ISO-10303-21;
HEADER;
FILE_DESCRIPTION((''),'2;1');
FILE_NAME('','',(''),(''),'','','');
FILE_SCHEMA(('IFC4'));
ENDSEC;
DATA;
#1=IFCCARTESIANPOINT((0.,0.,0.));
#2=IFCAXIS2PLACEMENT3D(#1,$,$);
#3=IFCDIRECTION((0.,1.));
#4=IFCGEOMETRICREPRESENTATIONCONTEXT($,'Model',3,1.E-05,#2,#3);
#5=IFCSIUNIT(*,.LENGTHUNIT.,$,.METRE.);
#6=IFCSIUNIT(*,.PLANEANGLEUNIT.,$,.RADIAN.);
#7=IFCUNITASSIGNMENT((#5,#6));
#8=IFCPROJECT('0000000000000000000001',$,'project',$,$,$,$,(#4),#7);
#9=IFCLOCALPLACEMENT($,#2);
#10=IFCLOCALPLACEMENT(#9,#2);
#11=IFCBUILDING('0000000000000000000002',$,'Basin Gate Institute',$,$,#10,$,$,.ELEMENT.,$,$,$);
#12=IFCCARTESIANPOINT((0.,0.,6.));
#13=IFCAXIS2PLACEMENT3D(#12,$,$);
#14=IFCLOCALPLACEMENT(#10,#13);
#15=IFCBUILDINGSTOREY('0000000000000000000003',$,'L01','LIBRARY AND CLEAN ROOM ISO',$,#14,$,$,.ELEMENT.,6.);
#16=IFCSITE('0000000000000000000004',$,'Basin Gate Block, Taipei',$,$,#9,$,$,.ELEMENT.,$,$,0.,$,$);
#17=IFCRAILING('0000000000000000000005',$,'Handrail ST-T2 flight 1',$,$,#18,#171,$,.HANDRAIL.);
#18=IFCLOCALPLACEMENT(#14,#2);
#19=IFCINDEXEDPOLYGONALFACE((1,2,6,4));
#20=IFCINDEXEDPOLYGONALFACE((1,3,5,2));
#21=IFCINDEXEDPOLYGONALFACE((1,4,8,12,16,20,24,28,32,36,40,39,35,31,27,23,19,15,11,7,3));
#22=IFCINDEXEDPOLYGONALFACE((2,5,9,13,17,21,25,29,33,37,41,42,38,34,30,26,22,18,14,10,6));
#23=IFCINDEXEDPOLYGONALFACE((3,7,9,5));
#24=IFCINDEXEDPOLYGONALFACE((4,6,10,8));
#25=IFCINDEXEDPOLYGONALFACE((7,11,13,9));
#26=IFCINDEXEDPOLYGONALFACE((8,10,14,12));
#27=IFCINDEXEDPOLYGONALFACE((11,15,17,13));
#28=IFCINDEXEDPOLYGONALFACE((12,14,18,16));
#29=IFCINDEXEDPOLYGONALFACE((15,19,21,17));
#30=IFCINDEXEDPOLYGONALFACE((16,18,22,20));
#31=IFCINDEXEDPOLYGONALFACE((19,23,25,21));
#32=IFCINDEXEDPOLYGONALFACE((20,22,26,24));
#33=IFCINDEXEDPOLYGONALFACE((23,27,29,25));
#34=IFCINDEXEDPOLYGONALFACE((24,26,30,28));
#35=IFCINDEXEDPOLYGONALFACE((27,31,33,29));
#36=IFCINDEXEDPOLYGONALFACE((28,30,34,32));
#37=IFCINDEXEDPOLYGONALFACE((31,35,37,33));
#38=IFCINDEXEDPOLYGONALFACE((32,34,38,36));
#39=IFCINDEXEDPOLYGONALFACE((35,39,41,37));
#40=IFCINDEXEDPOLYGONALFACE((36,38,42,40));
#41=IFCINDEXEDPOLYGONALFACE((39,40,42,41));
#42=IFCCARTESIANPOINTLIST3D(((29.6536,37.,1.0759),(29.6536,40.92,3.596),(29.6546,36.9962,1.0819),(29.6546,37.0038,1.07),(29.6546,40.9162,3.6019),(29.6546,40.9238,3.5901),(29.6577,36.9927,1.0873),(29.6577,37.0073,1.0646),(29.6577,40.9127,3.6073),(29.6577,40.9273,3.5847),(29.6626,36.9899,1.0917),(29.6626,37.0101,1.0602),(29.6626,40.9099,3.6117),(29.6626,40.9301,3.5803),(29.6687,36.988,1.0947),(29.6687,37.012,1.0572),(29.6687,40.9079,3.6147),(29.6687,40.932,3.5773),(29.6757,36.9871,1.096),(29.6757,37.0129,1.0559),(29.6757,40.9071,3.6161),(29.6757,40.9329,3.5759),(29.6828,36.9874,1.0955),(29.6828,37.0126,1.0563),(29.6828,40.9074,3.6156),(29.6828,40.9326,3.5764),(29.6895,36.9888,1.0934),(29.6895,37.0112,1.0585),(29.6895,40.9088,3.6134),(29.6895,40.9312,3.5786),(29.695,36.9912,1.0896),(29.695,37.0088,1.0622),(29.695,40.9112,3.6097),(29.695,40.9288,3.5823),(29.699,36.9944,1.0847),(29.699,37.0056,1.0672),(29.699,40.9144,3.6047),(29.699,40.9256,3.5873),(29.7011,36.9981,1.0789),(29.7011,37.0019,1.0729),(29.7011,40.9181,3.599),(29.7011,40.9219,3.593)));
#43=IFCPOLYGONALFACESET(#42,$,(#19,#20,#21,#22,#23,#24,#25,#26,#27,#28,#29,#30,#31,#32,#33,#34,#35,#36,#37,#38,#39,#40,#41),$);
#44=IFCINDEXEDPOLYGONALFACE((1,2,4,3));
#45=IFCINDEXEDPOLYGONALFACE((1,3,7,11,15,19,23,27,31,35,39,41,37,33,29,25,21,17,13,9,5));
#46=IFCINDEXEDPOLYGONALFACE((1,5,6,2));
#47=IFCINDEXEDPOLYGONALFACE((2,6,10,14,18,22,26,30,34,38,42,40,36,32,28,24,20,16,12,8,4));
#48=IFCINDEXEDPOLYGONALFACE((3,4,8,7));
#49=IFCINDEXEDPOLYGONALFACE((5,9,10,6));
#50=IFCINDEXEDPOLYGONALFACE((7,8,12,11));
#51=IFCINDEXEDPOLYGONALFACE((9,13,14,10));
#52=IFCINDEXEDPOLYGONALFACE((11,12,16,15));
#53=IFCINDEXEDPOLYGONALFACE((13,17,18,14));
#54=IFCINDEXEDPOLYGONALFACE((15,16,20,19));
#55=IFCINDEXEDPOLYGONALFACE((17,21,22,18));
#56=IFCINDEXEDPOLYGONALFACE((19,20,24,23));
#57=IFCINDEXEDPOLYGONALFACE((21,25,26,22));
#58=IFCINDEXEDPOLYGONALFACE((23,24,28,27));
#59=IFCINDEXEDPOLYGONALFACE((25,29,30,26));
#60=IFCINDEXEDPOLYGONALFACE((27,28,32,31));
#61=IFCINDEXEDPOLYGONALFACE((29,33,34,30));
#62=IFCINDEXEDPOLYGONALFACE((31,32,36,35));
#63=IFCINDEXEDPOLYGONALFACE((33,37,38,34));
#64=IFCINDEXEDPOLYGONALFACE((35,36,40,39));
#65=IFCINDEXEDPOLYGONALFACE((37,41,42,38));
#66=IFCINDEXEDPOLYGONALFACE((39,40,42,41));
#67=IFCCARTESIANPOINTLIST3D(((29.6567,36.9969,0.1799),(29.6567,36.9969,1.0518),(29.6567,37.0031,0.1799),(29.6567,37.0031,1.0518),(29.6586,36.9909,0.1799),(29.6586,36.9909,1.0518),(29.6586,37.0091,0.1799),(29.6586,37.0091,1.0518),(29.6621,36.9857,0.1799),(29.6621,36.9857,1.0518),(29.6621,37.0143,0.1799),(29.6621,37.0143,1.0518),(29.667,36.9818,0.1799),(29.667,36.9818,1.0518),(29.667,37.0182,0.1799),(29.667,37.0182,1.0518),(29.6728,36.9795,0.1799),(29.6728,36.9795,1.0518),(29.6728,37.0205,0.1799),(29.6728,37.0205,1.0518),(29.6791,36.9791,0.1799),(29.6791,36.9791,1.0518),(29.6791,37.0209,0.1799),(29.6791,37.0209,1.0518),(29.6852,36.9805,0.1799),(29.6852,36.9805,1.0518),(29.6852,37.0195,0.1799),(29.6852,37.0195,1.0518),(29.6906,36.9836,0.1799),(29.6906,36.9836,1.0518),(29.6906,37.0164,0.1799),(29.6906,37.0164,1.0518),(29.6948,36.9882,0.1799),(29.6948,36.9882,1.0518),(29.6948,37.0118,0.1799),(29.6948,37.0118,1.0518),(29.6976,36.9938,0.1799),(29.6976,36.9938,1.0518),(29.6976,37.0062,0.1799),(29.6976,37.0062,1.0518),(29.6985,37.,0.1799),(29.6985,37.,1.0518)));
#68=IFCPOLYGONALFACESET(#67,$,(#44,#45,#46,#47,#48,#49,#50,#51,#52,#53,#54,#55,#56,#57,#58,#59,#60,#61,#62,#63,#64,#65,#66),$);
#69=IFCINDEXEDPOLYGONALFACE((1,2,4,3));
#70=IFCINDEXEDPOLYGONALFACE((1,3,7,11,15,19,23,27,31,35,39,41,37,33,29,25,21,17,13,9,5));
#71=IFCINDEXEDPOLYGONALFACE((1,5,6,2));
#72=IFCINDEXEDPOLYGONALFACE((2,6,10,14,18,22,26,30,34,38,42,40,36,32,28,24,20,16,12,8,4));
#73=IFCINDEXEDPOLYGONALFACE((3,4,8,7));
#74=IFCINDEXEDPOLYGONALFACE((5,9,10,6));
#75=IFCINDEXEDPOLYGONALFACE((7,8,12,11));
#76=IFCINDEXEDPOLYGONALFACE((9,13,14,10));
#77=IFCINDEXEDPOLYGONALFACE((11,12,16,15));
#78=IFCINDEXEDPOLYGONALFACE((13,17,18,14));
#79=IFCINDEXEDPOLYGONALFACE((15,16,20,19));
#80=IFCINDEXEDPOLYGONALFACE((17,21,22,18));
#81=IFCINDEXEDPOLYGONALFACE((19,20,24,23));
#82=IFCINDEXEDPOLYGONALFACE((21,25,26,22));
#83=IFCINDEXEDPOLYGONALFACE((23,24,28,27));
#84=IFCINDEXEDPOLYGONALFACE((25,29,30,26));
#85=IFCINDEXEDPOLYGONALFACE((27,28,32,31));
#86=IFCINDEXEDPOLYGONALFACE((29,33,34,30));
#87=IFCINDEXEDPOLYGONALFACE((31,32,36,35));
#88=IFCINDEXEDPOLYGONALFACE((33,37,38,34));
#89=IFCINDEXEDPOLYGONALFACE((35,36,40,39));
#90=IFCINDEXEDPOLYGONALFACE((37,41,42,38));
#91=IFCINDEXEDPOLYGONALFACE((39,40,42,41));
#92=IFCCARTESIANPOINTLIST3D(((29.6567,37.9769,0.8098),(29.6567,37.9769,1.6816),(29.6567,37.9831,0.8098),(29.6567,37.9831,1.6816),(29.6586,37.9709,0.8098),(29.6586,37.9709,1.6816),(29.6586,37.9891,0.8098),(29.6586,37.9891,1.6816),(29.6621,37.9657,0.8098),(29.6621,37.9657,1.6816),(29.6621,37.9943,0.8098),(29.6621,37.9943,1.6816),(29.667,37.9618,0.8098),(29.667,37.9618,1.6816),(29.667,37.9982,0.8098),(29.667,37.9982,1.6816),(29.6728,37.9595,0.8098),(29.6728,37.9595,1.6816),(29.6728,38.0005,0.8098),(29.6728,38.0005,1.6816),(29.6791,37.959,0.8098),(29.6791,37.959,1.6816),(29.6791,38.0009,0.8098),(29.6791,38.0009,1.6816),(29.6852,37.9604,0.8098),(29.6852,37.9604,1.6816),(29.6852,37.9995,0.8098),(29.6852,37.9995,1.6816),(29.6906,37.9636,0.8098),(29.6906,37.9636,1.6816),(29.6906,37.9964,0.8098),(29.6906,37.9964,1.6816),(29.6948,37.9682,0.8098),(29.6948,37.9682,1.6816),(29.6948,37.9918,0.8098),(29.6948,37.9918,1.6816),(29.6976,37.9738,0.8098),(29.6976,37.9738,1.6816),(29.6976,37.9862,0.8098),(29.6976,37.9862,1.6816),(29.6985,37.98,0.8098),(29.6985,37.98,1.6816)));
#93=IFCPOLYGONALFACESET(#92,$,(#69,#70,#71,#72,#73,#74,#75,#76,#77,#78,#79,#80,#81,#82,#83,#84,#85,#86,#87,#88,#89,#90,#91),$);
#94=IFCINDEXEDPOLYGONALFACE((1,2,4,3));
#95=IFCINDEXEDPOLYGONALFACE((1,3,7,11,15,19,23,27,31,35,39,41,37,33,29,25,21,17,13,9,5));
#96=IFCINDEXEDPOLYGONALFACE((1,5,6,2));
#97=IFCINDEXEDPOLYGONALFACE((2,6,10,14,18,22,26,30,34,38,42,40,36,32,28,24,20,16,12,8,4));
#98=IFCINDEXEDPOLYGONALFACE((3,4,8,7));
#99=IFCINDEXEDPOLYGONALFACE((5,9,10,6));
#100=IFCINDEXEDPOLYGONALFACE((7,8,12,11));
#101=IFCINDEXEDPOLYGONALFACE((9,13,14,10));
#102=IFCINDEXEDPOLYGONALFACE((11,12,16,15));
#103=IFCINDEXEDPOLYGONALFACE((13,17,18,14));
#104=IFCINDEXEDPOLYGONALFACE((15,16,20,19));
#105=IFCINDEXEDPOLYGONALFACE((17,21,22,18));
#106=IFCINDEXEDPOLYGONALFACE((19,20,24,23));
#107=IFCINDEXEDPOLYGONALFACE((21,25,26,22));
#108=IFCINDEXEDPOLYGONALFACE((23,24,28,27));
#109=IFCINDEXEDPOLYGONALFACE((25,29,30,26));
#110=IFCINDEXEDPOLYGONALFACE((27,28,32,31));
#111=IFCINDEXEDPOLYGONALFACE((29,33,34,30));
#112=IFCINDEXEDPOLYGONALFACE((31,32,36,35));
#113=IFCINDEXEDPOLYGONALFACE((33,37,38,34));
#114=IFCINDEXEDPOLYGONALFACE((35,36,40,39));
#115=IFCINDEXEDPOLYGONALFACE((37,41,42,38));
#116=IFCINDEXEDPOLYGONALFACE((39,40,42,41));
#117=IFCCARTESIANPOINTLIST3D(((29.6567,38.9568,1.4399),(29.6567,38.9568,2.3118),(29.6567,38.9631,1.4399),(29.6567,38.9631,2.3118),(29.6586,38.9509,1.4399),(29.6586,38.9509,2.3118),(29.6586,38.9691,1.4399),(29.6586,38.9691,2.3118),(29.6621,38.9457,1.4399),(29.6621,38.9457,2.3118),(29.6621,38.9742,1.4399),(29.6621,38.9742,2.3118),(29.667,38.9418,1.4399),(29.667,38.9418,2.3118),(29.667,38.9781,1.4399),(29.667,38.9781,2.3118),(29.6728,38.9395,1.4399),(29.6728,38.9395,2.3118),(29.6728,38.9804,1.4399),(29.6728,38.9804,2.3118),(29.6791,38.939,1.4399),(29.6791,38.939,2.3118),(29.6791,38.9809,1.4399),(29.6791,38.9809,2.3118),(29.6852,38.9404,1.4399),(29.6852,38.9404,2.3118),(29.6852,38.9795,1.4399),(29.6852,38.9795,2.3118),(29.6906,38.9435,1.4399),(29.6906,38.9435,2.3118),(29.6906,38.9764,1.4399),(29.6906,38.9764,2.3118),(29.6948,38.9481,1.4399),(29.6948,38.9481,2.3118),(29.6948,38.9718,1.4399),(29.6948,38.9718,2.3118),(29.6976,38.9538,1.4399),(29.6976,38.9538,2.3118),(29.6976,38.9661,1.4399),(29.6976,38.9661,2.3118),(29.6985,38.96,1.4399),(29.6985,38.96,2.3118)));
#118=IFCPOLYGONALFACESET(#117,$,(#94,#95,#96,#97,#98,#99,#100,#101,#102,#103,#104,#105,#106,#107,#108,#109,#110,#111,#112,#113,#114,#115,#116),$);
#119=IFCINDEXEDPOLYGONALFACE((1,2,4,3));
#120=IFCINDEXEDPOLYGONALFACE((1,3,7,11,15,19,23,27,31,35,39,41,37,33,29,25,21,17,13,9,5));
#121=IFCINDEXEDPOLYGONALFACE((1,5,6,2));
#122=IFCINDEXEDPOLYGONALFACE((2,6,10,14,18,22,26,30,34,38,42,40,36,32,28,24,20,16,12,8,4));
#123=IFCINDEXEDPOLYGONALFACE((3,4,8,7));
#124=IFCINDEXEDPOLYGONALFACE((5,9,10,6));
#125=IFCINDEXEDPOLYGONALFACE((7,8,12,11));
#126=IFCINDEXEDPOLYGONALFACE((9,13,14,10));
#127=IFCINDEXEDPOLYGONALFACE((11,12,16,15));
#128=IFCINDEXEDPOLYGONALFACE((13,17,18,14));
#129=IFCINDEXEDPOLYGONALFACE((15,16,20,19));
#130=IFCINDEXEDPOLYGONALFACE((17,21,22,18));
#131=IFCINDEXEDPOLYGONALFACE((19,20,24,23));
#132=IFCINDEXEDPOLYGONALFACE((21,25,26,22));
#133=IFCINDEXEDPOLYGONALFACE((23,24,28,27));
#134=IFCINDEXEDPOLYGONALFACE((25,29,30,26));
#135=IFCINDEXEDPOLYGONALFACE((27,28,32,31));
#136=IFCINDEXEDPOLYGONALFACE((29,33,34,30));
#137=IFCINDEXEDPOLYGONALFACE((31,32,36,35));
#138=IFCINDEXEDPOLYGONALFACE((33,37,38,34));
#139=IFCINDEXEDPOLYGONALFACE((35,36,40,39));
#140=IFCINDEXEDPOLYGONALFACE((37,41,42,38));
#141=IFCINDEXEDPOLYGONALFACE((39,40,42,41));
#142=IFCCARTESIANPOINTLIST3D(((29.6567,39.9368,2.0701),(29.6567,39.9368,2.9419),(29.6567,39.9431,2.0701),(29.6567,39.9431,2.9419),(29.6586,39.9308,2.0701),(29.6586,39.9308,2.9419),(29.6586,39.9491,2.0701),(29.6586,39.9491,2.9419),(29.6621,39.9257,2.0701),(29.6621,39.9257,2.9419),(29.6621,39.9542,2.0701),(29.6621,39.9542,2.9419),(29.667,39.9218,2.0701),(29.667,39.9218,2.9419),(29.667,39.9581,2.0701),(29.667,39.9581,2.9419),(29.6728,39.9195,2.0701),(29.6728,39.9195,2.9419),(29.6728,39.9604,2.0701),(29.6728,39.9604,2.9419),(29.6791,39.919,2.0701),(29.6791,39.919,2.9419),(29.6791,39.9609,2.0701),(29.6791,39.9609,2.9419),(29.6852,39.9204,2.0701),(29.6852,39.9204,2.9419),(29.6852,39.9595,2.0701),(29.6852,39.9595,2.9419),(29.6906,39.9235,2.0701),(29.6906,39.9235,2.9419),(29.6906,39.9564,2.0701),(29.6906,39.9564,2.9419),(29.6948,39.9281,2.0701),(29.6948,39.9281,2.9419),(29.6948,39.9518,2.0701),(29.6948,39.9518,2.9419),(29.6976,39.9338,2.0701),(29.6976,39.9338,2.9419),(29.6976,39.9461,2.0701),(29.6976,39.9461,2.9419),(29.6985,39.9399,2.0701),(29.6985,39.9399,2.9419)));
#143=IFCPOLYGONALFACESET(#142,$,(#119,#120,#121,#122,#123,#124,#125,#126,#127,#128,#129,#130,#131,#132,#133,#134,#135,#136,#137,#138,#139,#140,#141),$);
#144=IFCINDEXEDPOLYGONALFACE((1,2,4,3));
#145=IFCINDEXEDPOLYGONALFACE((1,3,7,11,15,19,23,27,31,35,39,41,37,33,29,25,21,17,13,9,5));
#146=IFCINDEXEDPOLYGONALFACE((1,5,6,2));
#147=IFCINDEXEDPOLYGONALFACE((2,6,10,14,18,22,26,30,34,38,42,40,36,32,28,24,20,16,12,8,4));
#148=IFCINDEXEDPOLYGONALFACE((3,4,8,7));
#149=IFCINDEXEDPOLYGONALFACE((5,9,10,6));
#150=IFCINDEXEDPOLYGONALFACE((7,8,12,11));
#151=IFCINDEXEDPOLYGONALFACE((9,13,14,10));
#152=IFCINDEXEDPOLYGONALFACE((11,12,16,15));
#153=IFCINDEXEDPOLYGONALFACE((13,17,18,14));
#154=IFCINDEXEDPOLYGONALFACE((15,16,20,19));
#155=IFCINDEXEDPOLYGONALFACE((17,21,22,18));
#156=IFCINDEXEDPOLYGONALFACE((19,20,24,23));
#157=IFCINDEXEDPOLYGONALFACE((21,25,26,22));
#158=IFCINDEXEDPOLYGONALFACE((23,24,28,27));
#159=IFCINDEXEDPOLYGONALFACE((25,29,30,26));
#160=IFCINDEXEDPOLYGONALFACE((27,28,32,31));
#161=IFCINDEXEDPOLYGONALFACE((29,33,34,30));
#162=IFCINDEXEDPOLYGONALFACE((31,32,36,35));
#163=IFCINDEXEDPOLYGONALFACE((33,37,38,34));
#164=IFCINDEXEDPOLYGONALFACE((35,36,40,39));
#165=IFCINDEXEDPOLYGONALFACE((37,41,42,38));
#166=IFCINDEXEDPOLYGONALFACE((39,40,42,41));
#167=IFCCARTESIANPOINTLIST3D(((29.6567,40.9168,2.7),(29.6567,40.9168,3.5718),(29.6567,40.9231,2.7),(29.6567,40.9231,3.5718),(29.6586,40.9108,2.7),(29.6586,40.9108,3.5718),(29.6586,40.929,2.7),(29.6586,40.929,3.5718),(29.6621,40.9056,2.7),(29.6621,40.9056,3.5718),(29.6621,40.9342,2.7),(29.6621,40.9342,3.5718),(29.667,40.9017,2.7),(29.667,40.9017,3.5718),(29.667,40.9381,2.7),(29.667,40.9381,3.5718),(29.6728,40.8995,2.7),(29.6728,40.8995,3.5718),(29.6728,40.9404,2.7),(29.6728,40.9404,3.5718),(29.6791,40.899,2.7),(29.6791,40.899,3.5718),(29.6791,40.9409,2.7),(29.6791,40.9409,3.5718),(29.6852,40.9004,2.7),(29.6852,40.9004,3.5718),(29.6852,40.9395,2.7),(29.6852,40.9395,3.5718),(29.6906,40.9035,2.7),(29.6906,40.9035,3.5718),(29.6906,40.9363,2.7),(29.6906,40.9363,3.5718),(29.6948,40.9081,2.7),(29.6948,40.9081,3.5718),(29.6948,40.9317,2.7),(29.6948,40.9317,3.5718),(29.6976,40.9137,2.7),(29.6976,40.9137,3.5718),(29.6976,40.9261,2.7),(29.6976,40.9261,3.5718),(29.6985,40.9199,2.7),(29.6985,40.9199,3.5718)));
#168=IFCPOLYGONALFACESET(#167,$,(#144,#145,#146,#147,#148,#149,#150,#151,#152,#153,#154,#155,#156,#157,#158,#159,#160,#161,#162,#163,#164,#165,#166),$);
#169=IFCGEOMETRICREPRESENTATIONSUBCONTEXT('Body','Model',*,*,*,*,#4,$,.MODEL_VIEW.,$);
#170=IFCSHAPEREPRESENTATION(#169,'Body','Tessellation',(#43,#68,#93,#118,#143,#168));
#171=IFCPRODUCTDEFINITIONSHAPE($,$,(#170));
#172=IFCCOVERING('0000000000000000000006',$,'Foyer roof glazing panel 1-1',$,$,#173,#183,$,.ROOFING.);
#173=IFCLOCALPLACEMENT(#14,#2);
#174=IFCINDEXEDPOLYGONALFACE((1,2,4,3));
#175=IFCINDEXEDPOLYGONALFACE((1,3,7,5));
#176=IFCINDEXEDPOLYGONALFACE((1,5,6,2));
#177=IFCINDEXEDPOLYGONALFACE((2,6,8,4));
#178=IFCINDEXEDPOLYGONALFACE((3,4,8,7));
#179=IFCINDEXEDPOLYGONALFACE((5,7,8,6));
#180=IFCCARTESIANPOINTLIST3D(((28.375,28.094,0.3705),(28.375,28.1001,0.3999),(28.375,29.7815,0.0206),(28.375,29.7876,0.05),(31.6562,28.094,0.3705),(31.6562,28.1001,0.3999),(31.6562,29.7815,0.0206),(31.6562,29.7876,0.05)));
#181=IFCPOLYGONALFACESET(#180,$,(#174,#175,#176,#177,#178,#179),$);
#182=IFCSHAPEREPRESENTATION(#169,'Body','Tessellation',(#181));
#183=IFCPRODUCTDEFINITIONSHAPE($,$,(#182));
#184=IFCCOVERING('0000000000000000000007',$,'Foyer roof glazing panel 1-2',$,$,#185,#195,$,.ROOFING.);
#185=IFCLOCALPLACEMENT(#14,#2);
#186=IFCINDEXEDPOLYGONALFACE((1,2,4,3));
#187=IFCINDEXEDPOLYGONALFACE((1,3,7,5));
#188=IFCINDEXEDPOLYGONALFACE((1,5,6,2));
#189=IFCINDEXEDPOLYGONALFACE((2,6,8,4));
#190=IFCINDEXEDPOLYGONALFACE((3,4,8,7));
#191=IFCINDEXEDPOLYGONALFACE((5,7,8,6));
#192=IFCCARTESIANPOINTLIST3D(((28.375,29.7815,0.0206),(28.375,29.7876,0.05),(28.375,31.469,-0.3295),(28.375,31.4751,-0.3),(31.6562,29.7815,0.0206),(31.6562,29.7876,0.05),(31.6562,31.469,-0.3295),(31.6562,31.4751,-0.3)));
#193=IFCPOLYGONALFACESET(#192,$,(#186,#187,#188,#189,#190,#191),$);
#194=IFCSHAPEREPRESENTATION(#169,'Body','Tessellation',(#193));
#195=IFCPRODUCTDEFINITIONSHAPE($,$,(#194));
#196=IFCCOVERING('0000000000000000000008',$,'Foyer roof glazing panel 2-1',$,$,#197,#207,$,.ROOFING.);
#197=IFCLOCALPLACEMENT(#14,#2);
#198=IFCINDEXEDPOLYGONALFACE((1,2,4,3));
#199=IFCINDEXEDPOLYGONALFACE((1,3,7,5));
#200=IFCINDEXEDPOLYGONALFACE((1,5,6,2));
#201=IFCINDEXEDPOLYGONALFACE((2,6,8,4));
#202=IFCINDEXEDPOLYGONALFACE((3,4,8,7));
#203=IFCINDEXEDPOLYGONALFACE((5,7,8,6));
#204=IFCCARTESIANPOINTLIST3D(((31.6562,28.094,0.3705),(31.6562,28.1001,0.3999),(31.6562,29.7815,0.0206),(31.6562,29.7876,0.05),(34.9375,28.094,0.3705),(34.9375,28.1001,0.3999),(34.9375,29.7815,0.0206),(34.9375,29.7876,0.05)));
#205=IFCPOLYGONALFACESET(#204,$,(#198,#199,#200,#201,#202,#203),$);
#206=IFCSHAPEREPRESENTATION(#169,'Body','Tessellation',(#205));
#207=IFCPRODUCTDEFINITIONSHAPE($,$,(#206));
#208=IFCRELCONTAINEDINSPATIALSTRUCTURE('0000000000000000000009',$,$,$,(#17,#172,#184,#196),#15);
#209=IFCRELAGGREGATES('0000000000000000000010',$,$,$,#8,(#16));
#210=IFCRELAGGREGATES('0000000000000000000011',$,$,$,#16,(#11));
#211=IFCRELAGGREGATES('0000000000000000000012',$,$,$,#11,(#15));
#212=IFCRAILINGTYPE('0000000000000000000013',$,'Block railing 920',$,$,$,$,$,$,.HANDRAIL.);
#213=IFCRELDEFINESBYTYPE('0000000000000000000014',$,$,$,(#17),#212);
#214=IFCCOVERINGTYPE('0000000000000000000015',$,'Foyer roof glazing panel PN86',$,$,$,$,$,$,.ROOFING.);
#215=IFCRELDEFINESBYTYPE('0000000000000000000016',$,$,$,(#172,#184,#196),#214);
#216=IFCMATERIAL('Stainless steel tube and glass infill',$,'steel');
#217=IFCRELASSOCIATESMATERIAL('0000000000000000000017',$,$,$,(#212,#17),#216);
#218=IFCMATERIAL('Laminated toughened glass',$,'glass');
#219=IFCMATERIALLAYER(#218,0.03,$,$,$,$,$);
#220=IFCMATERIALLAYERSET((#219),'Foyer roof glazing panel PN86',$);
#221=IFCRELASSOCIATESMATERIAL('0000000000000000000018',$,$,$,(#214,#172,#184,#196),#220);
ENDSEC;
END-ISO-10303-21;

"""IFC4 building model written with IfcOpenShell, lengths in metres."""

from ifc_helpers import new_model, si_unit, direction, frame, origin, origin_2d, place, context, subcontext, project, spatial, polyline, circle, outline, extrude, material, layer, layer_set, type_object, element, save


model = new_model("IFC4")

# Units and contexts
model_context = context("Model", 3, precision=1e-05, world=origin(), true_north=direction((0.0, 1.0)))
body_context = subcontext(model_context, "Body", "Model", "MODEL_VIEW")
ifc_project = project(units=[si_unit("LENGTHUNIT", "METRE"), si_unit("PLANEANGLEUNIT", "RADIAN")], contexts=[model_context])

# Site, building, storey
site_placement = place(None, origin())
site = spatial("IfcSite", under=ifc_project, at=site_placement, Name="Basin Gate Block, Taipei", CompositionType="ELEMENT", RefElevation=0.0)
building_placement = place(site_placement, origin())
building = spatial("IfcBuilding", under=site, at=building_placement, Name="Basin Gate Institute", CompositionType="ELEMENT")
storey_placement = place(building_placement, frame((0.0, 0.0, 6.0)))
storey = spatial("IfcBuildingStorey", under=building, at=storey_placement, Name="L01", Description="LIBRARY AND CLEAN ROOM ISO", CompositionType="ELEMENT", Elevation=6.0)

# Railing
ifc_material_1 = material(Name="Stainless steel tube and glass infill", Category="steel")
railing_type_1 = type_object("IfcRailingType", Name="Block railing 920", PredefinedType="HANDRAIL", material=ifc_material_1)
for number, where, name in (
    (1, (29.6775, 37.0, 0.1799), "Handrail ST-T2 flight 1"),
):
    element("IfcRailing", number, at=place(storey_placement, frame(where)), inside=storey, type_object=railing_type_1, material=ifc_material_1, Name=name, PredefinedType="HANDRAIL", context=body_context, shape_type="SweptSolid", body=[
        extrude(circle(Radius=0.0239, at=origin_2d()), frame((0.0, 0.0, 0.896), z_axis=(0.0, 0.841172, 0.540768), x_axis=(-1.0, 0.0, 0.0)), (0.0, 0.0, 1.0), 4.6602),
        extrude(circle(Radius=0.021, at=origin_2d()), origin(), (0.0, 0.0, 1.0), 0.8718),
        extrude(circle(Radius=0.021, at=origin_2d()), frame((0.0, 0.98, 0.6299)), (0.0, 0.0, 1.0), 0.8718),
        extrude(circle(Radius=0.021, at=origin_2d()), frame((0.0, 1.96, 1.26)), (0.0, 0.0, 1.0), 0.8718),
        extrude(circle(Radius=0.021, at=origin_2d()), frame((0.0, 2.9399, 1.8901)), (0.0, 0.0, 1.0), 0.8718),
        extrude(circle(Radius=0.021, at=origin_2d()), frame((0.0, 3.9199, 2.52)), (0.0, 0.0, 1.0), 0.8718),
    ])

# Coverings
ifc_material_2 = material(Name="Laminated toughened glass", Category="glass")
ifc_layer_1 = layer(ifc_material_2, 0.03)
ifc_layer_set_1 = layer_set([ifc_layer_1], Name="Foyer roof glazing panel PN86")
covering_type = type_object("IfcCoveringType", Name="Foyer roof glazing panel PN86", PredefinedType="ROOFING", material=ifc_layer_set_1)
covering_1_placement = place(storey_placement, frame((28.375, 28.1001, 0.3999), z_axis=(0.0, 0.203004, 0.979178), x_axis=(1.0, 0.0, 0.0)))
element("IfcCovering", 2, at=covering_1_placement, inside=storey, type_object=covering_type, material=ifc_layer_set_1, Name="Foyer roof glazing panel 1-1", PredefinedType="ROOFING", context=body_context, shape_type="SweptSolid", body=[
    extrude(outline(polyline([(0.0, 0.0), (3.2812, 0.0), (3.2812, 1.7234), (0.0, 1.7234), (0.0, 0.0)])), origin(), (0.0, 0.0, -1.0), 0.03),
])
covering_2_placement = place(storey_placement, frame((28.375, 29.7876, 0.05), z_axis=(0.0, 0.20314, 0.97915), x_axis=(1.0, 0.0, 0.0)))
element("IfcCovering", 3, at=covering_2_placement, inside=storey, type_object=covering_type, material=ifc_layer_set_1, Name="Foyer roof glazing panel 1-2", PredefinedType="ROOFING", context=body_context, shape_type="SweptSolid", body=[
    extrude(outline(polyline([(0.0, 0.0), (3.2812, 0.0), (3.2812, 1.7234), (0.0, 1.7234), (0.0, 0.0)])), origin(), (0.0, 0.0, -1.0), 0.03),
])
covering_3_placement = place(storey_placement, frame((31.6562, 28.1001, 0.3999), z_axis=(0.0, 0.203004, 0.979178), x_axis=(1.0, 0.0, 0.0)))
element("IfcCovering", 4, at=covering_3_placement, inside=storey, type_object=covering_type, material=ifc_layer_set_1, Name="Foyer roof glazing panel 2-1", PredefinedType="ROOFING", context=body_context, shape_type="SweptSolid", body=[
    extrude(outline(polyline([(0.0, 0.0), (3.2812, 0.0), (3.2812, 1.7234), (0.0, 1.7234), (0.0, 0.0)])), origin(), (0.0, 0.0, -1.0), 0.03),
])

save(model, "model.ifc")
